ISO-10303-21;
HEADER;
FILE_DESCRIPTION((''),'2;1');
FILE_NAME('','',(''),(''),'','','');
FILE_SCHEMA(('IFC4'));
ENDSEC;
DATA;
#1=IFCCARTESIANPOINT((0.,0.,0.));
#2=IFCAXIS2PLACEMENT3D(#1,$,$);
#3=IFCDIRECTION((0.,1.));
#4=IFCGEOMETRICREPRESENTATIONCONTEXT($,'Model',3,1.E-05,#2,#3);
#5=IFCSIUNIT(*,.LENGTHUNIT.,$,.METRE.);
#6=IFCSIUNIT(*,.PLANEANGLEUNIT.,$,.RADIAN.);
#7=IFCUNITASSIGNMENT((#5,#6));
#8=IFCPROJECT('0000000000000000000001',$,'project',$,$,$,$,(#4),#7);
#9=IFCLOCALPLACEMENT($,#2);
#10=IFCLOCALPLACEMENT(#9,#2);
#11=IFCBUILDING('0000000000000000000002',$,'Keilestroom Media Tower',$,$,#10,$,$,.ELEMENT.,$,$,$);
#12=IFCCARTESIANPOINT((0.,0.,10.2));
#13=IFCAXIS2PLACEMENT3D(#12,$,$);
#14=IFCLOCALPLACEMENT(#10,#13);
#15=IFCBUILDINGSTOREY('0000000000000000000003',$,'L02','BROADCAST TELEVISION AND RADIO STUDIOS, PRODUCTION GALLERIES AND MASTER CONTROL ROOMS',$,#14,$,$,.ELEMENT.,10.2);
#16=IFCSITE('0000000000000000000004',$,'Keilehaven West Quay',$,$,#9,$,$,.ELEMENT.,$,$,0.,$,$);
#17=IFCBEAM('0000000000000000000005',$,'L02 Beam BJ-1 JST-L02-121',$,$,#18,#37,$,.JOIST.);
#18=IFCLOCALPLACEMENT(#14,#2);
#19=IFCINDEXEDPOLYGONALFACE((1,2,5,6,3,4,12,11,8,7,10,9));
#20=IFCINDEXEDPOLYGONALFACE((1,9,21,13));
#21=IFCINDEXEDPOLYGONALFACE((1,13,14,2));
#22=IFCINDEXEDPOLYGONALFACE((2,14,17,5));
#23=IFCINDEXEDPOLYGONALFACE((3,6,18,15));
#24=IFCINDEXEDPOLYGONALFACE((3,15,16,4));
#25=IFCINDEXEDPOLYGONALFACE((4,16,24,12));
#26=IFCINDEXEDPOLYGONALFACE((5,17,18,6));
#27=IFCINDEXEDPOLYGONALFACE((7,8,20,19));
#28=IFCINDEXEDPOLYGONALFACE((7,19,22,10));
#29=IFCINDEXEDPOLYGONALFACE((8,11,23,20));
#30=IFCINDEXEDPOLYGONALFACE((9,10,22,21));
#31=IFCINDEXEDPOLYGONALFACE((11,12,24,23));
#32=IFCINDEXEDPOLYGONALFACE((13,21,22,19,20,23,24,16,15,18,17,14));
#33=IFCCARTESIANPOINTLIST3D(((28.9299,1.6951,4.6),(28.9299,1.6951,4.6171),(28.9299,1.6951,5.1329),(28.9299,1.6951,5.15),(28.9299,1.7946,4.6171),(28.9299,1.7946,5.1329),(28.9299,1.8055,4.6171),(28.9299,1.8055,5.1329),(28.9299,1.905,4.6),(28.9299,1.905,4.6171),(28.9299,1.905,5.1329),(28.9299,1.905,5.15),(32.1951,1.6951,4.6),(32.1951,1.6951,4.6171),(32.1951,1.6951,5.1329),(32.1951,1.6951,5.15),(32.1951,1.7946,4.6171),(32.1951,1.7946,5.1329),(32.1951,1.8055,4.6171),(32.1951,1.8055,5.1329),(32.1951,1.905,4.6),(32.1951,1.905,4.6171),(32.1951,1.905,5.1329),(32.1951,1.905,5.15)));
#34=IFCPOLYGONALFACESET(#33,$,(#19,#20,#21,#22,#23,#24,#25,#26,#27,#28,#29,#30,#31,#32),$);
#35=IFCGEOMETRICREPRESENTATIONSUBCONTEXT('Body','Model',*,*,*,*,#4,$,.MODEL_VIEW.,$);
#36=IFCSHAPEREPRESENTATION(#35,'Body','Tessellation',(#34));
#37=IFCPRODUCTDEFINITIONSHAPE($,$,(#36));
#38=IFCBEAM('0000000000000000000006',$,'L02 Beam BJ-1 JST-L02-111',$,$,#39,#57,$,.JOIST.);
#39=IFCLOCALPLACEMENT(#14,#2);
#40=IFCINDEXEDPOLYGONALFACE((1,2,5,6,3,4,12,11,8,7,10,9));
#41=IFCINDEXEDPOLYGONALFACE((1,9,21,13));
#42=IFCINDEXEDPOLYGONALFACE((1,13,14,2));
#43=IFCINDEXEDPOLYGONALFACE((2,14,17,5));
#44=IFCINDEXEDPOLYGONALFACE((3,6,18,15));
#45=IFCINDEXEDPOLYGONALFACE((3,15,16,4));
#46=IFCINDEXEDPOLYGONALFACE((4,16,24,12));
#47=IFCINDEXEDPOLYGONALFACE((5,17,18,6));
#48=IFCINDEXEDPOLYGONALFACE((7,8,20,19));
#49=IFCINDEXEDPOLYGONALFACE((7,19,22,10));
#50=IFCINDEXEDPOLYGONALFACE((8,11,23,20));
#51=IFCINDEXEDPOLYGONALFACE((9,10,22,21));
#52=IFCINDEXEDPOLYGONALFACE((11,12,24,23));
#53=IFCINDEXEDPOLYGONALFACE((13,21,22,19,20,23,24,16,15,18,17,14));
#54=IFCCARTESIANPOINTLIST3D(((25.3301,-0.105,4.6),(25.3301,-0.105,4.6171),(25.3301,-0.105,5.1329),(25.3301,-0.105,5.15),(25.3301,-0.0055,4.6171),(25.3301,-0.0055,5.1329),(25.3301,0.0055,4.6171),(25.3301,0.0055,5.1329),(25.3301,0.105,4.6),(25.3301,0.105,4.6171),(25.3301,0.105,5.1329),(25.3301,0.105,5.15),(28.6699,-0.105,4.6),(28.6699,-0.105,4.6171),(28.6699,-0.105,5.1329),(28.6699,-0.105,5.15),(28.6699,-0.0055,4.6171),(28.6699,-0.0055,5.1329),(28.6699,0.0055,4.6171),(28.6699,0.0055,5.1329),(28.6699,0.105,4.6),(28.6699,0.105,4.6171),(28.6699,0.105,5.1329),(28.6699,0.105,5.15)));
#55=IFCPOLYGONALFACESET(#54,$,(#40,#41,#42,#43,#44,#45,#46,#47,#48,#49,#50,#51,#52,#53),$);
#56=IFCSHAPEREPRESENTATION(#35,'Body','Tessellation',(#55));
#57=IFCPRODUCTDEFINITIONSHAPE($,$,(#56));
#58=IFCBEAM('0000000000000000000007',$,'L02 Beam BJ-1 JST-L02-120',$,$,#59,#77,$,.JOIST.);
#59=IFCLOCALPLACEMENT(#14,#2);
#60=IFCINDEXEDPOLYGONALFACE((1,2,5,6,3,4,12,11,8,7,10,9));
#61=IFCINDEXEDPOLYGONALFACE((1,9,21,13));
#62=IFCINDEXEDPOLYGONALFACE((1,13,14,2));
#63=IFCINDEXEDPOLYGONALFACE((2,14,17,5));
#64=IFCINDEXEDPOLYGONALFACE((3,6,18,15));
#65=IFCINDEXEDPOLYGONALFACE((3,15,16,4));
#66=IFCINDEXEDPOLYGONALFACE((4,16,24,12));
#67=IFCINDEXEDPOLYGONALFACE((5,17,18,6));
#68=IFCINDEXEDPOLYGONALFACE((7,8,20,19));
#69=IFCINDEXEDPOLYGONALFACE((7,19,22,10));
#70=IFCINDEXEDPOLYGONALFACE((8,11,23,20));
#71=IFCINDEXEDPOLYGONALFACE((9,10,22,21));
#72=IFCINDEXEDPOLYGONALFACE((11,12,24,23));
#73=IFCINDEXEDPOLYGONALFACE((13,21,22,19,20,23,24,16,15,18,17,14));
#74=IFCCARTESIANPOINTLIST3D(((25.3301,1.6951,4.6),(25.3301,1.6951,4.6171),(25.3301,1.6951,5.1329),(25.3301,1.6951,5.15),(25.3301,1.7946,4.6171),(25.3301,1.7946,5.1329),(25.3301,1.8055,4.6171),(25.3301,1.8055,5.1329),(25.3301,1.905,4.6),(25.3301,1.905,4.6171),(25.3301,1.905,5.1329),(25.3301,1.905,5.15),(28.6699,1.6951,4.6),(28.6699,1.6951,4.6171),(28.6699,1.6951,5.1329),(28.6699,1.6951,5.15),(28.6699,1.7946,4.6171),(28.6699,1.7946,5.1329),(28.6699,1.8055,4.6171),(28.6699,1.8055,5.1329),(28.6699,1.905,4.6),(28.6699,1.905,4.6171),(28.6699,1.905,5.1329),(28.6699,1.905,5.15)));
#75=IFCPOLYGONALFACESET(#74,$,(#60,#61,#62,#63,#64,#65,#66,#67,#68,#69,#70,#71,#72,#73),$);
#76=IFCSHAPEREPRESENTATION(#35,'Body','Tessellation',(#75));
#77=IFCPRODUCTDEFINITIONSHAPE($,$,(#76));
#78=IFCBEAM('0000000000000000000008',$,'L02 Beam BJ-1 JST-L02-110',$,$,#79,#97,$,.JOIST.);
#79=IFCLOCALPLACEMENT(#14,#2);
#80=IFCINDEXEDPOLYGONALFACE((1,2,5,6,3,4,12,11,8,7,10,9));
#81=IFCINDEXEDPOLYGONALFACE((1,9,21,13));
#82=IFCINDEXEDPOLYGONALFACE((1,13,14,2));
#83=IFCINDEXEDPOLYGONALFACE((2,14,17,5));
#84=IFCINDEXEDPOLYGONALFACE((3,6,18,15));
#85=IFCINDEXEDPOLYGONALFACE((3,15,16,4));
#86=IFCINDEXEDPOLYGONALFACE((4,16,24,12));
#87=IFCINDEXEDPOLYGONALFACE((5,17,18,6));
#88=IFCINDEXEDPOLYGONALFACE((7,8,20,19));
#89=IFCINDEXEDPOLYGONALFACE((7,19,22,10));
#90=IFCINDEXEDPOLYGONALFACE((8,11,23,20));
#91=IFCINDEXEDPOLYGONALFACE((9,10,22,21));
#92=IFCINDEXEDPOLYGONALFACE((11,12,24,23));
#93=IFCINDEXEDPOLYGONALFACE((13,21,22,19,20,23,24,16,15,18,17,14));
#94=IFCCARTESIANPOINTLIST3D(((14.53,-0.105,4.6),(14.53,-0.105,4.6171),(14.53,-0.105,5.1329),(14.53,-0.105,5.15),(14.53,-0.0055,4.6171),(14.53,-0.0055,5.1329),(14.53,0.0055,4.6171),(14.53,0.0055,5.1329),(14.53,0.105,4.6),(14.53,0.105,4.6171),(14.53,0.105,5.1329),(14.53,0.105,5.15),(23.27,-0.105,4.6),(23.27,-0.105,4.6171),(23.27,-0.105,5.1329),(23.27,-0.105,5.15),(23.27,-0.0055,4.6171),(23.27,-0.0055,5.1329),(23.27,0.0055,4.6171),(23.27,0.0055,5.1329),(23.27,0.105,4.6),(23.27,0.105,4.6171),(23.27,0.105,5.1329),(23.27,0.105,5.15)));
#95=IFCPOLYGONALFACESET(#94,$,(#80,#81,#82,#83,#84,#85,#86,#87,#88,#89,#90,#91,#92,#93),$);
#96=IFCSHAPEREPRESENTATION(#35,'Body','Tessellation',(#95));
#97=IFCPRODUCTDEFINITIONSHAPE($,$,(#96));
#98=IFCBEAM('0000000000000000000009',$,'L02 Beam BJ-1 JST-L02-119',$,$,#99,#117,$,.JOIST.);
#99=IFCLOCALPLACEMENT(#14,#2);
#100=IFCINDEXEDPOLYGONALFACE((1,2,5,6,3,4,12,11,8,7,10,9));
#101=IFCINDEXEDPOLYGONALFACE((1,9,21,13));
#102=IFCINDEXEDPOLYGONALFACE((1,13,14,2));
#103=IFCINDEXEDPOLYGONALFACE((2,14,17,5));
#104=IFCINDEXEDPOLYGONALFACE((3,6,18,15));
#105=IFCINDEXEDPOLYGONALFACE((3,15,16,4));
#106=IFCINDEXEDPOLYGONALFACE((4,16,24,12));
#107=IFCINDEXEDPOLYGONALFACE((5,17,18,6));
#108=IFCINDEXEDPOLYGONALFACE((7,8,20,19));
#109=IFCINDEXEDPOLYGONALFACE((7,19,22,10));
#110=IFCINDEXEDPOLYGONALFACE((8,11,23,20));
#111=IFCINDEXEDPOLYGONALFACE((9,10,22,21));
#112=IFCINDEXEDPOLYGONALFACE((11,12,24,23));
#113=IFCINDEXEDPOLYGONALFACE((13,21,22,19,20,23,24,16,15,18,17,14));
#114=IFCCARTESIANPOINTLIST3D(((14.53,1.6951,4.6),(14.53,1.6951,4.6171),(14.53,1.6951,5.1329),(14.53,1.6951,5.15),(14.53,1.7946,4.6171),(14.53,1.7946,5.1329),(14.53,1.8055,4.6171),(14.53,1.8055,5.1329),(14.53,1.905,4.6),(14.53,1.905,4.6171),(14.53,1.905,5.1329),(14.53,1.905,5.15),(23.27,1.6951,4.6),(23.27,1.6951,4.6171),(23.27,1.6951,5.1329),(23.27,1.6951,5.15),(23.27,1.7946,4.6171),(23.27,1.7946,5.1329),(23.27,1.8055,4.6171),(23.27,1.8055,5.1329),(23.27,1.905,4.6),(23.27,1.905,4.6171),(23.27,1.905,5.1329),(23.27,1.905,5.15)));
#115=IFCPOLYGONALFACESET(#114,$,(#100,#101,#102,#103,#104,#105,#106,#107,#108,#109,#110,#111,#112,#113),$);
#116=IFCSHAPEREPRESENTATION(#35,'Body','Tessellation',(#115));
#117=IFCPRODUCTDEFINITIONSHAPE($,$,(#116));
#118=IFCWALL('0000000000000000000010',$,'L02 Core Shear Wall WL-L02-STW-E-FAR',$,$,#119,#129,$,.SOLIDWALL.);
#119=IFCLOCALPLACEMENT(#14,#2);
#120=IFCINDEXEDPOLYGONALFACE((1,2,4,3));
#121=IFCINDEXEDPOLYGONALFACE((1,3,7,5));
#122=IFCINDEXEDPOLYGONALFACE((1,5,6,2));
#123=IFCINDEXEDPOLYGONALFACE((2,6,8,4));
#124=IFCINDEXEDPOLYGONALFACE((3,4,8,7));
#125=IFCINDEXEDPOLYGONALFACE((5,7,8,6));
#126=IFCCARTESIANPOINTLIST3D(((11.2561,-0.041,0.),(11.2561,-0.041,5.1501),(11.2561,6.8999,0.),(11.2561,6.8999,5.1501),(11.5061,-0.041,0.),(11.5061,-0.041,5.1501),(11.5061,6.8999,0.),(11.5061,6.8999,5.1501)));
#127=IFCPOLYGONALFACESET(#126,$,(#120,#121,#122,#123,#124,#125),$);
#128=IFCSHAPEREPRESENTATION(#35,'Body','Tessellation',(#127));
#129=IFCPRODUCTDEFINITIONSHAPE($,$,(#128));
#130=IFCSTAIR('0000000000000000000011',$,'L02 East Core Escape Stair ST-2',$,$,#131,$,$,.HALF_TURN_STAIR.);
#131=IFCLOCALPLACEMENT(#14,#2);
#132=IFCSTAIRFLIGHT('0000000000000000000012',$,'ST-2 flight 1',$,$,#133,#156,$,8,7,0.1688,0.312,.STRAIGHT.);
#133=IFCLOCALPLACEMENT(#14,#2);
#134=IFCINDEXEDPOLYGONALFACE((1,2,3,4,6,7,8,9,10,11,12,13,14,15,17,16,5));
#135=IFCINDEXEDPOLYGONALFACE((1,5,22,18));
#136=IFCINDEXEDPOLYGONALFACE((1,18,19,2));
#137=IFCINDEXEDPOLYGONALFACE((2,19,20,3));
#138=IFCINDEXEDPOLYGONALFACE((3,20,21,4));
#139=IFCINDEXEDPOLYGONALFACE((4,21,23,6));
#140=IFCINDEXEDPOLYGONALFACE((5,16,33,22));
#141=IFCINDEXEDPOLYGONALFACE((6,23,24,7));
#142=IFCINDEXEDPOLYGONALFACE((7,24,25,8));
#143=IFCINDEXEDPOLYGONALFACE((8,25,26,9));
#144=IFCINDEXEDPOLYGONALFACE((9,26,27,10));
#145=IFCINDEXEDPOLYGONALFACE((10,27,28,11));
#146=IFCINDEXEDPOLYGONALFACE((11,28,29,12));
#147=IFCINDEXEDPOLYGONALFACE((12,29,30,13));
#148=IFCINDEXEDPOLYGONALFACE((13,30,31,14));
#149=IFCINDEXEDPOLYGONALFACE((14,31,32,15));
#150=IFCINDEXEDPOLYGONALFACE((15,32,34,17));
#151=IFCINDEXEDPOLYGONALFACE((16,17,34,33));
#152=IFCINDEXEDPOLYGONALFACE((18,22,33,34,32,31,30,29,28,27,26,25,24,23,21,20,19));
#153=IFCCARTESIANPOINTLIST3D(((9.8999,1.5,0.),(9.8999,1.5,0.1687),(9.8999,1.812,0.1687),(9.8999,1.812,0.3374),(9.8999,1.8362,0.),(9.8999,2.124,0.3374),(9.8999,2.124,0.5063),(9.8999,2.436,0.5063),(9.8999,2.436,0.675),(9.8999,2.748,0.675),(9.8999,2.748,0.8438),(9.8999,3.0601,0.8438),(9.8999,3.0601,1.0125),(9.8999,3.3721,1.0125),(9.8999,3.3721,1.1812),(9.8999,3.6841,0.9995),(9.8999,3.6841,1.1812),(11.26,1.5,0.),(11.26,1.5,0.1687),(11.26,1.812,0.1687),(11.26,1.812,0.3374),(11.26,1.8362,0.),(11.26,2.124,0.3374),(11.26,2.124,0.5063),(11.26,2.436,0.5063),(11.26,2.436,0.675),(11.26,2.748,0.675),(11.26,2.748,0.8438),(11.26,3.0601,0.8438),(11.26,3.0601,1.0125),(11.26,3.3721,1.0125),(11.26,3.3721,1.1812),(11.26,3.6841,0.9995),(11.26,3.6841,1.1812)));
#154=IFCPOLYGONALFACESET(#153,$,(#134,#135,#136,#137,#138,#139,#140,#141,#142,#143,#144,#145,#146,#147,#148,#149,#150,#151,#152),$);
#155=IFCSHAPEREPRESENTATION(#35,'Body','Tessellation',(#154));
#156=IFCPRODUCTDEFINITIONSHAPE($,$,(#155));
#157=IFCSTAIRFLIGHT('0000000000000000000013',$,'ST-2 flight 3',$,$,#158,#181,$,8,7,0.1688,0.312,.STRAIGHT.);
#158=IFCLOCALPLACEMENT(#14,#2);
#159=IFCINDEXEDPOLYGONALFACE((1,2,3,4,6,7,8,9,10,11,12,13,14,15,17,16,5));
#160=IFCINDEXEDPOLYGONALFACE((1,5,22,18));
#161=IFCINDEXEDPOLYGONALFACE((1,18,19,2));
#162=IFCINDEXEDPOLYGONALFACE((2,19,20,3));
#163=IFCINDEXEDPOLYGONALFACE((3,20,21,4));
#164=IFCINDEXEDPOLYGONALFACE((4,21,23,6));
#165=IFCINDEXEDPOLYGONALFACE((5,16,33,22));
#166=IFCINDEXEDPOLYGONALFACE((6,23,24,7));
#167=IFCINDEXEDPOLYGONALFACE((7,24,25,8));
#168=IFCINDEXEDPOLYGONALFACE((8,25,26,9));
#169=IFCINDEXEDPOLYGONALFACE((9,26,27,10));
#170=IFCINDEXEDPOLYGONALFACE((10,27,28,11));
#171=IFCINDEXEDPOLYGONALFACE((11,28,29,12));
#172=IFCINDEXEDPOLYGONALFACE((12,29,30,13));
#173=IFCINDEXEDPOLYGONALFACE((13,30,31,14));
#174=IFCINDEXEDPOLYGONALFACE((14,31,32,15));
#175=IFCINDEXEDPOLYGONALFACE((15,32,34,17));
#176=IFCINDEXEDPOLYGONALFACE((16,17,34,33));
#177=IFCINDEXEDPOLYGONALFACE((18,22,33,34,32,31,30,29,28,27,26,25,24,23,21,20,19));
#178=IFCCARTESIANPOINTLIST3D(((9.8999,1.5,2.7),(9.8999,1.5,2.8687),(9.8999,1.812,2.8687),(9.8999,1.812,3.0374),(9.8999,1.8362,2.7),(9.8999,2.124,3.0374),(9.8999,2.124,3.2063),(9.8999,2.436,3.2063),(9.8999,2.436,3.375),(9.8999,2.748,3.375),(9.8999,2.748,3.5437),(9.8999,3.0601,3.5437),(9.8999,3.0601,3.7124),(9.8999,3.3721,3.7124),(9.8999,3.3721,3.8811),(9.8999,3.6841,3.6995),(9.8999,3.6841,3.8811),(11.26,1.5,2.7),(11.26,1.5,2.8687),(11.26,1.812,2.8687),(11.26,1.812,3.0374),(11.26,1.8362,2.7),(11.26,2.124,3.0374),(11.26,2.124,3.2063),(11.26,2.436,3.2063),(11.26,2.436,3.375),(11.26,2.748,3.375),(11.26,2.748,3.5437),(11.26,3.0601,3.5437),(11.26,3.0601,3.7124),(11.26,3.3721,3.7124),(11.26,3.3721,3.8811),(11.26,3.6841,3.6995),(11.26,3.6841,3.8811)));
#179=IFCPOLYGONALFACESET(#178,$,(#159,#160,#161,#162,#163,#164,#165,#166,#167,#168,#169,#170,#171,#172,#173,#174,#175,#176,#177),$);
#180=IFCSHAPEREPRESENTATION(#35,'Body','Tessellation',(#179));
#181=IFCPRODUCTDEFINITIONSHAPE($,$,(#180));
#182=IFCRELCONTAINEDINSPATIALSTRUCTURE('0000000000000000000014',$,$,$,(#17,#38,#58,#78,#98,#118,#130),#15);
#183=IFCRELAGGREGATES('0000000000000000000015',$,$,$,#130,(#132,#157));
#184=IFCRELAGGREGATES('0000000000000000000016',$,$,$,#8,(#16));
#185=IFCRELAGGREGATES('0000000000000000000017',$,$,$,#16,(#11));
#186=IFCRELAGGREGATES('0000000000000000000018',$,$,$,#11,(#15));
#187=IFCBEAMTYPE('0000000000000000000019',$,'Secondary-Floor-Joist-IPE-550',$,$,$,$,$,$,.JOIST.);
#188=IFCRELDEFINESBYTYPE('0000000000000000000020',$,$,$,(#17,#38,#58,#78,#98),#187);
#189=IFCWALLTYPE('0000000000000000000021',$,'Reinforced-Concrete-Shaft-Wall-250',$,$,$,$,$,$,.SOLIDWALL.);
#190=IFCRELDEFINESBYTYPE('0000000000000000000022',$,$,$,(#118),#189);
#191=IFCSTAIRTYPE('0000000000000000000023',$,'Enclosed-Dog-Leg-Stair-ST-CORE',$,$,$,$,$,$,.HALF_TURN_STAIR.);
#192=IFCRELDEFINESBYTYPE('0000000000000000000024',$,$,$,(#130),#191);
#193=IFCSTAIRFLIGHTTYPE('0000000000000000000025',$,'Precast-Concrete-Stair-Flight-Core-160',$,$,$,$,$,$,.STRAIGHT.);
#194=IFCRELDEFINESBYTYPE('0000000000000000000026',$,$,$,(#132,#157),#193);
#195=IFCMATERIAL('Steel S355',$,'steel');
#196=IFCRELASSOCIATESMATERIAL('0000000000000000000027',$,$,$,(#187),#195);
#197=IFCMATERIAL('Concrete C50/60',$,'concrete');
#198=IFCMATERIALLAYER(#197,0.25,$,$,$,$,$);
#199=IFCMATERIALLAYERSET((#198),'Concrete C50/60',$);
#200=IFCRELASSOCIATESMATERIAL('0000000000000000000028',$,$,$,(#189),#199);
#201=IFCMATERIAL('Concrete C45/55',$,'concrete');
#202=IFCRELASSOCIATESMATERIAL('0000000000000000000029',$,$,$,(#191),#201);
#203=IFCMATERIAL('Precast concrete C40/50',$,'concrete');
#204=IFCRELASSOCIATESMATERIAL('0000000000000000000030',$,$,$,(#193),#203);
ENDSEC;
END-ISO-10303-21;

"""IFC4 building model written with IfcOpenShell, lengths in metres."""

from ifc_helpers import new_model, si_unit, direction, frame, frame_2d, origin, origin_2d, place, context, subcontext, project, spatial, polyline, rectangle, i_section, outline, extrude, source, transform, mapped, material, layer, layer_set, material_profile, profile_set, type_object, element, aggregate, save


model = new_model("IFC4")

# Units and contexts
model_context = context("Model", 3, precision=1e-05, world=origin(), true_north=direction((0.0, 1.0)))
body_context = subcontext(model_context, "Body", "Model", "MODEL_VIEW")
ifc_project = project(units=[si_unit("LENGTHUNIT", "METRE"), si_unit("PLANEANGLEUNIT", "RADIAN")], contexts=[model_context])

# Site, building, storey
site_placement = place(None, origin())
site = spatial("IfcSite", under=ifc_project, at=site_placement, Name="Keilehaven West Quay", CompositionType="ELEMENT", RefElevation=0.0)
building_placement = place(site_placement, origin())
building = spatial("IfcBuilding", under=site, at=building_placement, Name="Keilestroom Media Tower", CompositionType="ELEMENT")
storey_placement = place(building_placement, frame((0.0, 0.0, 10.2)))
storey = spatial("IfcBuildingStorey", under=building, at=storey_placement, Name="L02", Description="BROADCAST TELEVISION AND RADIO STUDIOS, PRODUCTION GALLERIES AND MASTER CONTROL ROOMS", CompositionType="ELEMENT", Elevation=10.2)

# Shared definitions
ifc_material_1 = material(Name="Precast concrete C40/50", Category="concrete")

# Beams
ifc_material_2 = material(Name="Steel S355", Category="steel")
ifc_material_profile_1 = material_profile(ifc_material_2, i_section(OverallWidth=0.21, OverallDepth=0.55, WebThickness=0.011, FlangeThickness=0.0171, at=origin_2d()), Name="IPE 550")
ifc_profile_set_1 = profile_set([ifc_material_profile_1], Name="Steel S355")
beam_type_1 = type_object("IfcBeamType", Name="Secondary-Floor-Joist-IPE-550", PredefinedType="JOIST", material=ifc_profile_set_1)
shared_shape_1 = source(origin(), body_context, "Body", "SweptSolid", [
    extrude(i_section(OverallWidth=0.21, OverallDepth=0.55, WebThickness=0.011, FlangeThickness=0.0171, at=origin_2d()), origin(), (0.0, 0.0, 1.0), 3.2651),
])
for number, where, z_axis, x_axis, name in (
    (1, (28.9299, 1.8, 4.875), (1.0, 0.0, 0.0), (0.0, 1.0, 0.0), "L02 Beam BJ-1 JST-L02-121"),
):
    element("IfcBeam", number, at=place(storey_placement, frame(where, z_axis=z_axis, x_axis=x_axis)), inside=storey, type_object=beam_type_1, Name=name, PredefinedType="JOIST", context=body_context, shape_type="MappedRepresentation", body=[
        mapped(shared_shape_1, transform((0.0, 0.0, 0.0), x_axis=(1.0, 0.0, 0.0), y_axis=(0.0, 1.0, 0.0), z_axis=(0.0, 0.0, 1.0), scale=1.0)),
    ])
shared_shape_2 = source(origin(), body_context, "Body", "SweptSolid", [
    extrude(i_section(OverallWidth=0.21, OverallDepth=0.55, WebThickness=0.011, FlangeThickness=0.0171, at=origin_2d()), origin(), (0.0, 0.0, 1.0), 3.3398),
])
for number, where, z_axis, x_axis, name in (
    (2, (25.3301, 0.0, 4.875), (1.0, 0.0, 0.0), (0.0, 1.0, 0.0), "L02 Beam BJ-1 JST-L02-111"),
    (3, (25.3301, 1.8, 4.875), (1.0, 0.0, 0.0), (0.0, 1.0, 0.0), "L02 Beam BJ-1 JST-L02-120"),
):
    element("IfcBeam", number, at=place(storey_placement, frame(where, z_axis=z_axis, x_axis=x_axis)), inside=storey, type_object=beam_type_1, Name=name, PredefinedType="JOIST", context=body_context, shape_type="MappedRepresentation", body=[
        mapped(shared_shape_2, transform((0.0, 0.0, 0.0), x_axis=(1.0, 0.0, 0.0), y_axis=(0.0, 1.0, 0.0), z_axis=(0.0, 0.0, 1.0), scale=1.0)),
    ])
shared_shape_3 = source(origin(), body_context, "Body", "SweptSolid", [
    extrude(i_section(OverallWidth=0.21, OverallDepth=0.55, WebThickness=0.011, FlangeThickness=0.0171, at=origin_2d()), origin(), (0.0, 0.0, 1.0), 8.74),
])
for number, where, z_axis, x_axis, name in (
    (4, (14.53, 0.0, 4.875), (1.0, 0.0, 0.0), (0.0, 1.0, 0.0), "L02 Beam BJ-1 JST-L02-110"),
    (5, (14.53, 1.8, 4.875), (1.0, 0.0, 0.0), (0.0, 1.0, 0.0), "L02 Beam BJ-1 JST-L02-119"),
):
    element("IfcBeam", number, at=place(storey_placement, frame(where, z_axis=z_axis, x_axis=x_axis)), inside=storey, type_object=beam_type_1, Name=name, PredefinedType="JOIST", context=body_context, shape_type="MappedRepresentation", body=[
        mapped(shared_shape_3, transform((0.0, 0.0, 0.0), x_axis=(1.0, 0.0, 0.0), y_axis=(0.0, 1.0, 0.0), z_axis=(0.0, 0.0, 1.0), scale=1.0)),
    ])

# Wall
ifc_material_3 = material(Name="Concrete C50/60", Category="concrete")
ifc_layer = layer(ifc_material_3, 0.25)
ifc_layer_set = layer_set([ifc_layer], Name="Concrete C50/60")
wall_type = type_object("IfcWallType", Name="Reinforced-Concrete-Shaft-Wall-250", PredefinedType="SOLIDWALL", material=ifc_layer_set)
wall_placement = place(storey_placement, frame((11.3811, -0.041, 0.0), z_axis=(0.0, 0.0, 1.0), x_axis=(0.0, 1.0, 0.0)))
element("IfcWall", 6, at=wall_placement, inside=storey, type_object=wall_type, Name="L02 Core Shear Wall WL-L02-STW-E-FAR", PredefinedType="SOLIDWALL", context=body_context, shape_type="SweptSolid", body=[
    extrude(rectangle(XDim=6.9409, YDim=0.25, at=frame_2d((3.4705, 0.0))), origin(), (0.0, 0.0, 1.0), 5.1501),
])

# Stair, stair flights
ifc_material_4 = material(Name="Concrete C45/55", Category="concrete")
stair_type = type_object("IfcStairType", Name="Enclosed-Dog-Leg-Stair-ST-CORE", PredefinedType="HALF_TURN_STAIR", material=ifc_material_4)
stair_placement = place(storey_placement, origin())
stair = element("IfcStair", 7, at=stair_placement, inside=storey, type_object=stair_type, Name="L02 East Core Escape Stair ST-2", PredefinedType="HALF_TURN_STAIR")
stair_flight_type = type_object("IfcStairFlightType", Name="Precast-Concrete-Stair-Flight-Core-160", PredefinedType="STRAIGHT", material=ifc_material_1)
stair_flight_1_placement = place(storey_placement, frame((10.5801, 1.5, 0.0), z_axis=(0.0, 0.0, 1.0), x_axis=(0.0, 1.0, 0.0)))
stair_flight_1 = element("IfcStairFlight", 8, at=stair_flight_1_placement, type_object=stair_flight_type, Name="ST-2 flight 1", NumberOfRisers=8, NumberOfTreads=7, PredefinedType="STRAIGHT", RiserHeight=0.1688, TreadLength=0.312, context=body_context, shape_type="SweptSolid", body=[
    extrude(outline(polyline([(0.0, 0.0), (0.0, 0.1687), (0.312, 0.1687), (0.312, 0.3374), (0.624, 0.3374), (0.624, 0.5063), (0.936, 0.5063), (0.936, 0.675), (1.248, 0.675), (1.248, 0.8438), (1.5601, 0.8438), (1.5601, 1.0125), (1.8721, 1.0125), (1.8721, 1.1812), (2.1841, 1.1812), (2.1841, 1.3501), (2.1841, 0.9995), (0.3362, 0.0), (0.0, 0.0)])), frame((0.0, 0.6802, 0.0), z_axis=(0.0, -1.0, 0.0), x_axis=(1.0, 0.0, 0.0)), (0.0, 0.0, 1.0), 1.3601),
])
stair_flight_2_placement = place(storey_placement, frame((10.5801, 1.5, 2.7), z_axis=(0.0, 0.0, 1.0), x_axis=(0.0, 1.0, 0.0)))
stair_flight_2 = element("IfcStairFlight", 9, at=stair_flight_2_placement, type_object=stair_flight_type, Name="ST-2 flight 3", NumberOfRisers=8, NumberOfTreads=7, PredefinedType="STRAIGHT", RiserHeight=0.1688, TreadLength=0.312, context=body_context, shape_type="SweptSolid", body=[
    extrude(outline(polyline([(0.0, 0.0), (0.0, 0.1687), (0.312, 0.1687), (0.312, 0.3374), (0.624, 0.3374), (0.624, 0.5063), (0.936, 0.5063), (0.936, 0.675), (1.248, 0.675), (1.248, 0.8438), (1.5601, 0.8438), (1.5601, 1.0125), (1.8721, 1.0125), (1.8721, 1.1812), (2.1841, 1.1812), (2.1841, 1.3501), (2.1841, 0.9995), (0.3362, 0.0), (0.0, 0.0)])), frame((0.0, 0.6802, 0.0), z_axis=(0.0, -1.0, 0.0), x_axis=(1.0, 0.0, 0.0)), (0.0, 0.0, 1.0), 1.3601),
])
aggregate(stair, [stair_flight_1, stair_flight_2])

save(model, "model.ifc")
